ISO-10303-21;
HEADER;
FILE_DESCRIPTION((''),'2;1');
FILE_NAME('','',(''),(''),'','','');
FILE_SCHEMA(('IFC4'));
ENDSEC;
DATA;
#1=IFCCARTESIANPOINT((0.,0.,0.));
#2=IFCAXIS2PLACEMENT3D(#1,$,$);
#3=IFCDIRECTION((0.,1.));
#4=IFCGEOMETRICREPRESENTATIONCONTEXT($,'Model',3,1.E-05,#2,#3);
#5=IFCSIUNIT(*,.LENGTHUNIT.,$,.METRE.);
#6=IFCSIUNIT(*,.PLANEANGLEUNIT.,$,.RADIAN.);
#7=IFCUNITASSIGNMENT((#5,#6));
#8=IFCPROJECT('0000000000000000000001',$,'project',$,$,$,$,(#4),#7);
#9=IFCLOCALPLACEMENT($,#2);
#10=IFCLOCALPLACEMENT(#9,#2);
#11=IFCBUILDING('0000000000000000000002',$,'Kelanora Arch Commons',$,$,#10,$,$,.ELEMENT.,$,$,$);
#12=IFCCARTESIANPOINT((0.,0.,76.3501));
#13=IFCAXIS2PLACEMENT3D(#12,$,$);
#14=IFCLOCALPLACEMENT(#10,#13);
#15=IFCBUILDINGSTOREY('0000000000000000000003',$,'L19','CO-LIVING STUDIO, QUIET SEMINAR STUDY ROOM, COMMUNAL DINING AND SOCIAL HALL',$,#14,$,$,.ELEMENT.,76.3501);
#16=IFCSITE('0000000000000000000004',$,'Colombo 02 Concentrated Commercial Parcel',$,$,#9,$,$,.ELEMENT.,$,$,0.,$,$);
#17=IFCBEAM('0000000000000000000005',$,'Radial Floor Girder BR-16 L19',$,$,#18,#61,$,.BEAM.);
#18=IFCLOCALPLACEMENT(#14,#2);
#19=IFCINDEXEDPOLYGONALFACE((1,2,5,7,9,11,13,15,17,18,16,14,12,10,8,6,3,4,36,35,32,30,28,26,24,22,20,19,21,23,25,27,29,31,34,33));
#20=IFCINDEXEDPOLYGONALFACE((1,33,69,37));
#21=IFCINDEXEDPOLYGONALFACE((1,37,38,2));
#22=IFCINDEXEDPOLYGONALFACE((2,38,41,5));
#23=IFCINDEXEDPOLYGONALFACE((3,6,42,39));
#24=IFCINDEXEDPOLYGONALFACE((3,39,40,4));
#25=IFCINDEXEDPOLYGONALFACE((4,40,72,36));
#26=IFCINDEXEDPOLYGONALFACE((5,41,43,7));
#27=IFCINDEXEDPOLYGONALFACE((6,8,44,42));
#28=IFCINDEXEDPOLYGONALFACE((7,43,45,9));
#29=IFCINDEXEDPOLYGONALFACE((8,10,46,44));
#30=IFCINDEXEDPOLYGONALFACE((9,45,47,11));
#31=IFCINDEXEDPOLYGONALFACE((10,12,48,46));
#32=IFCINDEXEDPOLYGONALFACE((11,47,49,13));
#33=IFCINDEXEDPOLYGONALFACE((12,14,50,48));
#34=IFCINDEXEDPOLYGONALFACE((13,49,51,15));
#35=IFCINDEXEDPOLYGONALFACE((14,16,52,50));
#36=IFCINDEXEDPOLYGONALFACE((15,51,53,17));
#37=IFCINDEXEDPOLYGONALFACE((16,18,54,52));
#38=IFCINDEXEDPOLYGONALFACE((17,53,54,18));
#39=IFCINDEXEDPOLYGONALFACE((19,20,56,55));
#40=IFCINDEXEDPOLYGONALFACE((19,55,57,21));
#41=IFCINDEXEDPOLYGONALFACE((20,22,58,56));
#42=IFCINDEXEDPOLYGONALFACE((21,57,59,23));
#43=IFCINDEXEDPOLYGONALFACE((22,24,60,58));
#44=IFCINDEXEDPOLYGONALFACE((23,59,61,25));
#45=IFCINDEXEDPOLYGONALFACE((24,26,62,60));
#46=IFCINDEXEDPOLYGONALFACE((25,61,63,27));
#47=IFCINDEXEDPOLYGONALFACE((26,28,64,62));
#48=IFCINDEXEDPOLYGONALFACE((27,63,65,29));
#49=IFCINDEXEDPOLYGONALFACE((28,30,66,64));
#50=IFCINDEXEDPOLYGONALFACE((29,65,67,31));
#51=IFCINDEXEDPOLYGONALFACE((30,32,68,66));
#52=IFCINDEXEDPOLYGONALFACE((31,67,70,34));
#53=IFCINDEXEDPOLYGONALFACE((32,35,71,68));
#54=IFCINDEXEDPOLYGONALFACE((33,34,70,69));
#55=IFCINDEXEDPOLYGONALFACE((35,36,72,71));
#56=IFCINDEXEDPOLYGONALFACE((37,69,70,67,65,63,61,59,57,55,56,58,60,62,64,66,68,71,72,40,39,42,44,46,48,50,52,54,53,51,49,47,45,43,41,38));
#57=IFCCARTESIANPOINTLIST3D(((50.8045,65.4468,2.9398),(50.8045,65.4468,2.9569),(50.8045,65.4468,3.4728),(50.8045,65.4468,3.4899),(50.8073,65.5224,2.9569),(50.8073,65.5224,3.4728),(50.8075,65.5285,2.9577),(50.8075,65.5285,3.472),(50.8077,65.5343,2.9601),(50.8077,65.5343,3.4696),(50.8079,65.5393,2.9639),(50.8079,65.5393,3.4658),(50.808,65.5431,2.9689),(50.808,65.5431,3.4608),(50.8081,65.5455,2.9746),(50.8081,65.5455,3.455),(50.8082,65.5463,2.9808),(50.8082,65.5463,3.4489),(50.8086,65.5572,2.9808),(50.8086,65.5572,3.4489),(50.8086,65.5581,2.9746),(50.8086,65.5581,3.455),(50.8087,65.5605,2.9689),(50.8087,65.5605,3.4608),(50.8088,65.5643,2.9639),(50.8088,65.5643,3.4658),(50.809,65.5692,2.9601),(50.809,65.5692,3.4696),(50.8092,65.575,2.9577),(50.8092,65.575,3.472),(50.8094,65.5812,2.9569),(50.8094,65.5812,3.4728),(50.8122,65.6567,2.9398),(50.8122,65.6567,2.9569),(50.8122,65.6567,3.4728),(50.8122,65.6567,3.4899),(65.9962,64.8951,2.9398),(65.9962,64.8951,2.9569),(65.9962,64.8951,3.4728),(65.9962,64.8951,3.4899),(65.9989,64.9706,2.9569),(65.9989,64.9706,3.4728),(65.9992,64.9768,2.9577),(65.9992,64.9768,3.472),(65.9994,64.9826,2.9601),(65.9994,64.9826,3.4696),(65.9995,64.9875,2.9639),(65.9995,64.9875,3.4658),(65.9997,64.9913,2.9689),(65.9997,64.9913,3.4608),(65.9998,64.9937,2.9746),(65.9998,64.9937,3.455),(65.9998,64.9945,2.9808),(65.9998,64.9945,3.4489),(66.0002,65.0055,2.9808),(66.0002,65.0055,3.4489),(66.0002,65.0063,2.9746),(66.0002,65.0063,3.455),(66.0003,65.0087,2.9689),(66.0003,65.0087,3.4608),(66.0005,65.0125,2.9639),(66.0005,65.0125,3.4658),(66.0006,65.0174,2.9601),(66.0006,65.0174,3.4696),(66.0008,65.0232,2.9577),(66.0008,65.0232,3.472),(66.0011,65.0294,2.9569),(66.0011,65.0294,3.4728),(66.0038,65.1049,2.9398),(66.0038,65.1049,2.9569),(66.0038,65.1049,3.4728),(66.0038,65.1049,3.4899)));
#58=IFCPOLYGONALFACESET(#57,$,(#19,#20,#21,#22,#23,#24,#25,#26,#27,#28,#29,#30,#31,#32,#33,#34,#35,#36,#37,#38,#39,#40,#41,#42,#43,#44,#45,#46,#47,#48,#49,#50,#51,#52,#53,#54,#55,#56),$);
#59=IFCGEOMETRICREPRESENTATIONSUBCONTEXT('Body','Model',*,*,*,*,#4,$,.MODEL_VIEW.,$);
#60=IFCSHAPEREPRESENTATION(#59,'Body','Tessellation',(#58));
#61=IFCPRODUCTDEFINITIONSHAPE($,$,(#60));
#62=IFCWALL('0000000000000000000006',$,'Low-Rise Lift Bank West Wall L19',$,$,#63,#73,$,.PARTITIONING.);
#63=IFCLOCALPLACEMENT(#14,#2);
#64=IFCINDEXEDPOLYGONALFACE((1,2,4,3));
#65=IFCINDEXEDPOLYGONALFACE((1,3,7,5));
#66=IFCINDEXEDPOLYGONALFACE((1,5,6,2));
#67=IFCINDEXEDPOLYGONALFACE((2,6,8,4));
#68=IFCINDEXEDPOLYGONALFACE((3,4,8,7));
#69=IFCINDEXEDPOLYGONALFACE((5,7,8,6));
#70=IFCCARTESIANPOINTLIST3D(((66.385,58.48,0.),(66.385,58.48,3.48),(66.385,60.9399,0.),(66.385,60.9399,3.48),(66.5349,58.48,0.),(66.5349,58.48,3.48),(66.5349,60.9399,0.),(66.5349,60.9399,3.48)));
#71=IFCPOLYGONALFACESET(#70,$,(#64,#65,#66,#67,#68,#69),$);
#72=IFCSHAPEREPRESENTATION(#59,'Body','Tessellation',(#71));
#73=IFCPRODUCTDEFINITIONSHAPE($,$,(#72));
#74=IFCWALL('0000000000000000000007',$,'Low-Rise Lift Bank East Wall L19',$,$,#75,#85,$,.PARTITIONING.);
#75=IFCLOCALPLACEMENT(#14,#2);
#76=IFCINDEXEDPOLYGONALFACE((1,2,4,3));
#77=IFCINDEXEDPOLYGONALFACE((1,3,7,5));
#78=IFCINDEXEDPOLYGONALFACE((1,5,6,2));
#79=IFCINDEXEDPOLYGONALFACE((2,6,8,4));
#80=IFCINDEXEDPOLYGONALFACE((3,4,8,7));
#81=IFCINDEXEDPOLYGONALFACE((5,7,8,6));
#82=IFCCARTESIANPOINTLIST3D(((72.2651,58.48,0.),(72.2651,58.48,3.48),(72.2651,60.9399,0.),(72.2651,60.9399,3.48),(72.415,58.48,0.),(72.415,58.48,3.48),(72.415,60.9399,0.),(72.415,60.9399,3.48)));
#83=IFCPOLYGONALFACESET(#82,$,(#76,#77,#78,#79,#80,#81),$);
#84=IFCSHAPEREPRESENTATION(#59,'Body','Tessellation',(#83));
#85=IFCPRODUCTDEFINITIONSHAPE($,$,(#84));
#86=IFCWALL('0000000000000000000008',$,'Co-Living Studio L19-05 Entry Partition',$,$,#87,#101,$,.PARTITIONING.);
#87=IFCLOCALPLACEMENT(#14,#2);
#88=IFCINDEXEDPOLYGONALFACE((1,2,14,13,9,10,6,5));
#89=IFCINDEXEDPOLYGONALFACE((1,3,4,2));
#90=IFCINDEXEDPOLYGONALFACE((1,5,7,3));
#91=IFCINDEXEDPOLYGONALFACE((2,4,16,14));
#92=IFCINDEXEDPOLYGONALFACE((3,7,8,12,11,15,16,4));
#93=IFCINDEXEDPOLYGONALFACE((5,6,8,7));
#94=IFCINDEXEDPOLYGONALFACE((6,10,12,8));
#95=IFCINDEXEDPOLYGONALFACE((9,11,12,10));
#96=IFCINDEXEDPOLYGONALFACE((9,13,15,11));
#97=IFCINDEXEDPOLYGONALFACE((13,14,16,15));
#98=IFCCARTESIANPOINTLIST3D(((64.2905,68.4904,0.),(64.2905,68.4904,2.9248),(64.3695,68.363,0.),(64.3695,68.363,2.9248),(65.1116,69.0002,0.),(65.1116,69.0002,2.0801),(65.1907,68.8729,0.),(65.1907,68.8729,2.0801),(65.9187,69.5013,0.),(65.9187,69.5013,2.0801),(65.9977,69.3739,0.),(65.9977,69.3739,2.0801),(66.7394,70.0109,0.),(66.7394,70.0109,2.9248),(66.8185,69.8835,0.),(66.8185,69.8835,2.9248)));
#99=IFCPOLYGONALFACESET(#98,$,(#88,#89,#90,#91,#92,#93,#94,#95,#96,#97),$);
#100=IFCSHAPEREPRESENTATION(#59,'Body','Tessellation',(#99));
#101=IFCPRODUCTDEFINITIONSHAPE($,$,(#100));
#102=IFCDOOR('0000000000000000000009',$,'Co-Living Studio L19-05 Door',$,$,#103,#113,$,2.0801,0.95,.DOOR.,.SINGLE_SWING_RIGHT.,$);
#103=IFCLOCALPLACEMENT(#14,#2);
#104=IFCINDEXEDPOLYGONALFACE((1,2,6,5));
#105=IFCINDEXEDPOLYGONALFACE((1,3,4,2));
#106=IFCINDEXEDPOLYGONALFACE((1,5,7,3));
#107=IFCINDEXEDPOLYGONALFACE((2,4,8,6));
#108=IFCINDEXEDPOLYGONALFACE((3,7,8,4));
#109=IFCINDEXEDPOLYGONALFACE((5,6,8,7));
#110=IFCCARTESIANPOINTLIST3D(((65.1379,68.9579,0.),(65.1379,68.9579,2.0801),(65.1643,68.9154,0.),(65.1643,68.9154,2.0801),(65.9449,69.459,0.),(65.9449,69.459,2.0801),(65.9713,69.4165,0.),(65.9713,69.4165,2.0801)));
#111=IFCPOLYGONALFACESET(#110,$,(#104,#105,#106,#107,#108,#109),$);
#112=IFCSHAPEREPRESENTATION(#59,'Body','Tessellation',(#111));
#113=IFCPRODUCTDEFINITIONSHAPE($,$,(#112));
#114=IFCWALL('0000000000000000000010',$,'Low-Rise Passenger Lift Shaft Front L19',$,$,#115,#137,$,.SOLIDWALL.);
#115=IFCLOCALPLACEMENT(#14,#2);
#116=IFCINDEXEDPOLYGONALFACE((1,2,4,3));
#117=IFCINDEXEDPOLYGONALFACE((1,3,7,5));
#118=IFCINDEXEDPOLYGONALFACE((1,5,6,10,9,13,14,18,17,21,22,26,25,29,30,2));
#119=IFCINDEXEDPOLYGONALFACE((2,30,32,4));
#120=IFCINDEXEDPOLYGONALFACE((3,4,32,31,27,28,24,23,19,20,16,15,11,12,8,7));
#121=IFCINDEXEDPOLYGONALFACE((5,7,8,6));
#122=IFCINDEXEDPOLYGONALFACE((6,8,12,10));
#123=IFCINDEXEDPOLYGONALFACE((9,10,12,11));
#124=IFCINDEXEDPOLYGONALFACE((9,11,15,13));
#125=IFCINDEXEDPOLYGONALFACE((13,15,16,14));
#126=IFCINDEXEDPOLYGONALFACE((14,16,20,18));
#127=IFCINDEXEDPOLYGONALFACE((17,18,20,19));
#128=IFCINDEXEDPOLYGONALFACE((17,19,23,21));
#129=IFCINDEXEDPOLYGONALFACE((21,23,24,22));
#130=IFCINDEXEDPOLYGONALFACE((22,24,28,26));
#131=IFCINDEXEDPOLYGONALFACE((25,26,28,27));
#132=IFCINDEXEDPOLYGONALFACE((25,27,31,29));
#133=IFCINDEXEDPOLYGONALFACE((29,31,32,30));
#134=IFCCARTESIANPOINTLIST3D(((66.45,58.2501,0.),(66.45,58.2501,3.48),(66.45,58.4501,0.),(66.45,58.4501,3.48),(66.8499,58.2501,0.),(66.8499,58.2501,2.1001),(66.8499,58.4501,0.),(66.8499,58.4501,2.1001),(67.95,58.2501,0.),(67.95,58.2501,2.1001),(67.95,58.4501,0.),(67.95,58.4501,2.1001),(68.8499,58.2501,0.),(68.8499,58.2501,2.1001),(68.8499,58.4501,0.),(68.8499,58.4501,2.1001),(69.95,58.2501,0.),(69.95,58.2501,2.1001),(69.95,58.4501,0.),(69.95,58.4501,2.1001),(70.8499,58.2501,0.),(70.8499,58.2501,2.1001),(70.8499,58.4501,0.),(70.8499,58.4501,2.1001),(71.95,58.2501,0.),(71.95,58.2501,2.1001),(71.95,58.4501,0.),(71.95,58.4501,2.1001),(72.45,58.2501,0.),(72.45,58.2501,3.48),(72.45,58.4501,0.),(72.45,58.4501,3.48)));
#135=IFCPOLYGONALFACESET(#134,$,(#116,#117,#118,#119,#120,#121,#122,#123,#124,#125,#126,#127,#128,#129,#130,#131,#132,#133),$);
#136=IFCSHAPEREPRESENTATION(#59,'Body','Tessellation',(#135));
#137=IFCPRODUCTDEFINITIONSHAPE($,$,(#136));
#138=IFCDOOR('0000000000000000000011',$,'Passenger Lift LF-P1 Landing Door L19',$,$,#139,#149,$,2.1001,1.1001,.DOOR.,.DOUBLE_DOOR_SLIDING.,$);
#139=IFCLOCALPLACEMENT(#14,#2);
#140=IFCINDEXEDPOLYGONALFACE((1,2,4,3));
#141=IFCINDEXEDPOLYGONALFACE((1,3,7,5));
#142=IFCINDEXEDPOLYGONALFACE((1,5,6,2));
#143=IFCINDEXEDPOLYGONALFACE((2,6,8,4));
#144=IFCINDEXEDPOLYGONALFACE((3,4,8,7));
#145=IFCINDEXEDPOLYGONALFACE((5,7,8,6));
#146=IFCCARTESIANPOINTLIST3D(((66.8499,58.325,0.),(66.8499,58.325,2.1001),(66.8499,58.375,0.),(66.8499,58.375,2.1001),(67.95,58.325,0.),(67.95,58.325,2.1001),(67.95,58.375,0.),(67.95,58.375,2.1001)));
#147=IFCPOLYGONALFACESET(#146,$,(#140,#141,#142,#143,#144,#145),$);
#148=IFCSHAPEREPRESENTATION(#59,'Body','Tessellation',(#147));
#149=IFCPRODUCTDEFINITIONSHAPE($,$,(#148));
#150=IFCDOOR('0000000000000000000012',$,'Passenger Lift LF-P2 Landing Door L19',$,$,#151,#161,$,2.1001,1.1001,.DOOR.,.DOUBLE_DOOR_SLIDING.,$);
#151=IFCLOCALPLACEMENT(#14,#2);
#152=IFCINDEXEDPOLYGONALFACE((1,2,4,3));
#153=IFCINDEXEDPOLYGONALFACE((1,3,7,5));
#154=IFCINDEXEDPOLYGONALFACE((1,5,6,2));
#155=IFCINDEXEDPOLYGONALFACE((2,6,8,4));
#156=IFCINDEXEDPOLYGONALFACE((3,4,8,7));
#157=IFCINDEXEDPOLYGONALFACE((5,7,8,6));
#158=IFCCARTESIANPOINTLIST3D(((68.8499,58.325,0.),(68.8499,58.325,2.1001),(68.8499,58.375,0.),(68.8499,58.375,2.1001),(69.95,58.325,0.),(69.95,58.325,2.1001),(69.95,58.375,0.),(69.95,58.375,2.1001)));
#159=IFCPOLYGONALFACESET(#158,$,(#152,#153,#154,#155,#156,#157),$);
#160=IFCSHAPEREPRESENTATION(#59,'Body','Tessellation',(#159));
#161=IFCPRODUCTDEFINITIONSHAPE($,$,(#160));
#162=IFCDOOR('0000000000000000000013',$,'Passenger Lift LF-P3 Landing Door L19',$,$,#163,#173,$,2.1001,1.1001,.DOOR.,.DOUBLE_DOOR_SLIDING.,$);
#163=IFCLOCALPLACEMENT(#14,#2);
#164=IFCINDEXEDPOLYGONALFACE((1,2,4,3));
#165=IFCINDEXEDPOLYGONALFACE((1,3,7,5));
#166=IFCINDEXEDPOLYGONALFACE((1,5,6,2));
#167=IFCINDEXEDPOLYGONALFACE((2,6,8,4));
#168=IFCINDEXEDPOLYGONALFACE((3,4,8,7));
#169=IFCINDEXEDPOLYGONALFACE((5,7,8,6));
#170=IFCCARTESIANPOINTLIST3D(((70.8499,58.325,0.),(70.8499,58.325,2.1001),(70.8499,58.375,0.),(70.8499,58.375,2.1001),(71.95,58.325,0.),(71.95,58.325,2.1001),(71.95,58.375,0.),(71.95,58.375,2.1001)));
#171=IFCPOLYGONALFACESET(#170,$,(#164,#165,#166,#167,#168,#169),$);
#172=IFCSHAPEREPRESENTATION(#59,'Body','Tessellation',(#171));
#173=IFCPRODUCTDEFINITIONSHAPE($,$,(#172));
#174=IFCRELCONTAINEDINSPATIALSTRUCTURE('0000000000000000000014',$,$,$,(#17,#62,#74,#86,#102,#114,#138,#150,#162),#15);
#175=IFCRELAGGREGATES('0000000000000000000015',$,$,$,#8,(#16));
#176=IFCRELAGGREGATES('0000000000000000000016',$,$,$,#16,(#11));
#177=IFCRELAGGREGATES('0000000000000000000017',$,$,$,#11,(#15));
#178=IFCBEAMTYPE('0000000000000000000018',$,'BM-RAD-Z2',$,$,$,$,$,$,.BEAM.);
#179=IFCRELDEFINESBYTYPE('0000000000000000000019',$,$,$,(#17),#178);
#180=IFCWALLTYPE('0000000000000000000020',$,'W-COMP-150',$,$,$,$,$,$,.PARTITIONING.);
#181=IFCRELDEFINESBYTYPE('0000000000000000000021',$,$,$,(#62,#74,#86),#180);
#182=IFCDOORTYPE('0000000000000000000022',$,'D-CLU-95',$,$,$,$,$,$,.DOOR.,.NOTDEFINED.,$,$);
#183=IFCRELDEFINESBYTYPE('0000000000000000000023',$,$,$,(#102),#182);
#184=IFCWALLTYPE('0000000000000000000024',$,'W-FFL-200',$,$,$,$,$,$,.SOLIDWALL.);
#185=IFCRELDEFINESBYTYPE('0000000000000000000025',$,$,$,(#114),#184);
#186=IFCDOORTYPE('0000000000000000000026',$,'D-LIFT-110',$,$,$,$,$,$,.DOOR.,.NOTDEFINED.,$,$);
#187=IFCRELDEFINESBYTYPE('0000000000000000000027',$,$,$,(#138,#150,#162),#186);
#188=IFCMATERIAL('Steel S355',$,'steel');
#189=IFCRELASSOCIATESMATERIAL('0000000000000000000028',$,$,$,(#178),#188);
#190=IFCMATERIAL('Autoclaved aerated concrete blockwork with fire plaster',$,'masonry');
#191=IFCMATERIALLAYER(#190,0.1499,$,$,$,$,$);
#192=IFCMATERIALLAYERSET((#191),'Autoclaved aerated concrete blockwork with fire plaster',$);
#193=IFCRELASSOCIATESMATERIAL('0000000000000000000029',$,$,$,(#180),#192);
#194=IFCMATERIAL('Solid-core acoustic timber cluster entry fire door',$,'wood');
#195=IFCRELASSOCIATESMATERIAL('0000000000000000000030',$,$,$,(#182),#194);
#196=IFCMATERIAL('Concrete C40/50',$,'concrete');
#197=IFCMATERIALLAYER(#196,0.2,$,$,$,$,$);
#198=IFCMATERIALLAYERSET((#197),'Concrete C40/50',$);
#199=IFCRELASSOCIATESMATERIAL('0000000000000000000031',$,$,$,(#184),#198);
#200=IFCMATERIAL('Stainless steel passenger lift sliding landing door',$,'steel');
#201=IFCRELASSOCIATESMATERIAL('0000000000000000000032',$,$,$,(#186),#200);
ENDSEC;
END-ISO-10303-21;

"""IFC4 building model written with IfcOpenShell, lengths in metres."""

from ifc_helpers import new_model, si_unit, direction, frame, frame_2d, origin, origin_2d, place, context, subcontext, project, spatial, rectangle, i_section, extrude, material, layer, layer_set, material_profile, profile_set, type_object, element, fill, save


model = new_model("IFC4")

# Units and contexts
model_context = context("Model", 3, precision=1e-05, world=origin(), true_north=direction((0.0, 1.0)))
body_context = subcontext(model_context, "Body", "Model", "MODEL_VIEW")
ifc_project = project(units=[si_unit("LENGTHUNIT", "METRE"), si_unit("PLANEANGLEUNIT", "RADIAN")], contexts=[model_context])

# Site, building, storey
site_placement = place(None, origin())
site = spatial("IfcSite", under=ifc_project, at=site_placement, Name="Colombo 02 Concentrated Commercial Parcel", CompositionType="ELEMENT", RefElevation=0.0)
building_placement = place(site_placement, origin())
building = spatial("IfcBuilding", under=site, at=building_placement, Name="Kelanora Arch Commons", CompositionType="ELEMENT")
storey_placement = place(building_placement, frame((0.0, 0.0, 76.3501)))
storey = spatial("IfcBuildingStorey", under=building, at=storey_placement, Name="L19", Description="CO-LIVING STUDIO, QUIET SEMINAR STUDY ROOM, COMMUNAL DINING AND SOCIAL HALL", CompositionType="ELEMENT", Elevation=76.3501)

# Beam
ifc_material_1 = material(Name="Steel S355", Category="steel")
ifc_material_profile_1 = material_profile(ifc_material_1, i_section(OverallWidth=0.21, OverallDepth=0.55, WebThickness=0.011, FlangeThickness=0.0171, FilletRadius=0.0239, at=origin_2d()), Name="IPE550")
ifc_profile_set_1 = profile_set([ifc_material_profile_1], Name="Steel S355")
beam_type_1 = type_object("IfcBeamType", Name="BM-RAD-Z2", PredefinedType="BEAM", material=ifc_profile_set_1)
beam_1_placement = place(storey_placement, frame((66.0, 65.0, 3.2148), z_axis=(-0.999341, 0.036296, 0.0), x_axis=(-0.036296, -0.999341, 0.0)))
element("IfcBeam", 1, at=beam_1_placement, inside=storey, type_object=beam_type_1, Name="Radial Floor Girder BR-16 L19", PredefinedType="BEAM", context=body_context, shape_type="SweptSolid", body=[
    extrude(i_section(OverallWidth=0.21, OverallDepth=0.55, WebThickness=0.011, FlangeThickness=0.0171, FilletRadius=0.0239, at=origin_2d()), origin(), (0.0, 0.0, 1.0), 15.2017),
])

# Walls
ifc_material_2 = material(Name="Autoclaved aerated concrete blockwork with fire plaster", Category="masonry")
ifc_layer_1 = layer(ifc_material_2, 0.1499)
ifc_layer_set_1 = layer_set([ifc_layer_1], Name="Autoclaved aerated concrete blockwork with fire plaster")
wall_type_1 = type_object("IfcWallType", Name="W-COMP-150", PredefinedType="PARTITIONING", material=ifc_layer_set_1)
for number, where, z_axis, x_axis, name in (
    (2, (66.46, 58.48, 0.0), (0.0, 0.0, 1.0), (0.0, 1.0, 0.0), "Low-Rise Lift Bank West Wall L19"),
    (3, (72.3401, 58.48, 0.0), (0.0, 0.0, 1.0), (0.0, 1.0, 0.0), "Low-Rise Lift Bank East Wall L19"),
):
    element("IfcWall", number, at=place(storey_placement, frame(where, z_axis=z_axis, x_axis=x_axis)), inside=storey, type_object=wall_type_1, Name=name, PredefinedType="PARTITIONING", context=body_context, shape_type="SweptSolid", body=[
        extrude(rectangle(XDim=2.46, YDim=0.1499, at=frame_2d((1.23, 0.0))), origin(), (0.0, 0.0, 1.0), 3.48),
    ])

# Wall, opening, door
wall_1_placement = place(storey_placement, frame((66.7791, 69.9473, 0.0), z_axis=(0.0, 0.0, 1.0), x_axis=(-0.849569, -0.527477, 0.0)))
wall_1 = element("IfcWall", 4, at=wall_1_placement, inside=storey, type_object=wall_type_1, Name="Co-Living Studio L19-05 Entry Partition", PredefinedType="PARTITIONING", context=body_context, shape_type="SweptSolid", body=[
    extrude(rectangle(XDim=2.8826, YDim=0.1499, at=frame_2d((1.4414, 0.0))), origin(), (0.0, 0.0, 1.0), 2.9248),
])
opening_1_placement = place(wall_1_placement, frame((0.9661, 0.0, 0.0)))
opening_1 = element("IfcOpeningElement", 5, at=opening_1_placement, cuts=wall_1, PredefinedType="OPENING", context=body_context, shape_type="SweptSolid", body=[
    extrude(rectangle(XDim=0.95, YDim=2.0801, at=frame_2d((0.4751, 1.04))), frame((0.0, 0.085, 0.0), z_axis=(0.0, -1.0, 0.0), x_axis=(1.0, 0.0, 0.0)), (0.0, 0.0, 1.0), 0.1699),
])
ifc_material_3 = material(Name="Solid-core acoustic timber cluster entry fire door", Category="wood")
door_type_1 = type_object("IfcDoorType", Name="D-CLU-95", OperationType="NOTDEFINED", PredefinedType="DOOR", material=ifc_material_3)
door_1_placement = place(opening_1_placement, origin())
door_1 = element("IfcDoor", 6, at=door_1_placement, inside=storey, type_object=door_type_1, Name="Co-Living Studio L19-05 Door", OperationType="SINGLE_SWING_RIGHT", OverallHeight=2.0801, OverallWidth=0.95, PredefinedType="DOOR", context=body_context, shape_type="SweptSolid", body=[
    extrude(rectangle(XDim=0.95, YDim=2.0801, at=frame_2d((0.4751, 1.04))), frame((0.0, 0.0249, 0.0), z_axis=(0.0, -1.0, 0.0), x_axis=(1.0, 0.0, 0.0)), (0.0, 0.0, 1.0), 0.05),
])
fill(opening_1, door_1)

# Wall, openings, doors
ifc_material_4 = material(Name="Concrete C40/50", Category="concrete")
ifc_layer_2 = layer(ifc_material_4, 0.2)
ifc_layer_set_2 = layer_set([ifc_layer_2], Name="Concrete C40/50")
wall_type_2 = type_object("IfcWallType", Name="W-FFL-200", PredefinedType="SOLIDWALL", material=ifc_layer_set_2)
wall_2_placement = place(storey_placement, frame((66.45, 58.3501, 0.0), z_axis=(0.0, 0.0, 1.0), x_axis=(1.0, 0.0, 0.0)))
wall_2 = element("IfcWall", 7, at=wall_2_placement, inside=storey, type_object=wall_type_2, Name="Low-Rise Passenger Lift Shaft Front L19", PredefinedType="SOLIDWALL", context=body_context, shape_type="SweptSolid", body=[
    extrude(rectangle(XDim=6.0, YDim=0.2, at=frame_2d((3.0, 0.0))), origin(), (0.0, 0.0, 1.0), 3.48),
])
opening_2_placement = place(wall_2_placement, frame((0.3999, 0.0, 0.0)))
opening_2 = element("IfcOpeningElement", 8, at=opening_2_placement, cuts=wall_2, PredefinedType="OPENING", context=body_context, shape_type="SweptSolid", body=[
    extrude(rectangle(XDim=1.1001, YDim=2.1001, at=frame_2d((0.55, 1.05))), frame((0.0, 0.1099, 0.0), z_axis=(0.0, -1.0, 0.0), x_axis=(1.0, 0.0, 0.0)), (0.0, 0.0, 1.0), 0.22),
])
opening_3_placement = place(wall_2_placement, frame((2.3999, 0.0, 0.0)))
opening_3 = element("IfcOpeningElement", 9, at=opening_3_placement, cuts=wall_2, PredefinedType="OPENING", context=body_context, shape_type="SweptSolid", body=[
    extrude(rectangle(XDim=1.1001, YDim=2.1001, at=frame_2d((0.55, 1.05))), frame((0.0, 0.1099, 0.0), z_axis=(0.0, -1.0, 0.0), x_axis=(1.0, 0.0, 0.0)), (0.0, 0.0, 1.0), 0.22),
])
opening_4_placement = place(wall_2_placement, frame((4.3999, 0.0, 0.0)))
opening_4 = element("IfcOpeningElement", 10, at=opening_4_placement, cuts=wall_2, PredefinedType="OPENING", context=body_context, shape_type="SweptSolid", body=[
    extrude(rectangle(XDim=1.1001, YDim=2.1001, at=frame_2d((0.55, 1.05))), frame((0.0, 0.1099, 0.0), z_axis=(0.0, -1.0, 0.0), x_axis=(1.0, 0.0, 0.0)), (0.0, 0.0, 1.0), 0.22),
])
ifc_material_5 = material(Name="Stainless steel passenger lift sliding landing door", Category="steel")
door_type_2 = type_object("IfcDoorType", Name="D-LIFT-110", OperationType="NOTDEFINED", PredefinedType="DOOR", material=ifc_material_5)
door_2_placement = place(opening_2_placement, origin())
door_2 = element("IfcDoor", 11, at=door_2_placement, inside=storey, type_object=door_type_2, Name="Passenger Lift LF-P1 Landing Door L19", OperationType="DOUBLE_DOOR_SLIDING", OverallHeight=2.1001, OverallWidth=1.1001, PredefinedType="DOOR", context=body_context, shape_type="SweptSolid", body=[
    extrude(rectangle(XDim=1.1001, YDim=2.1001, at=frame_2d((0.55, 1.05))), frame((0.0, 0.0249, 0.0), z_axis=(0.0, -1.0, 0.0), x_axis=(1.0, 0.0, 0.0)), (0.0, 0.0, 1.0), 0.05),
])
fill(opening_2, door_2)
door_3_placement = place(opening_3_placement, origin())
door_3 = element("IfcDoor", 12, at=door_3_placement, inside=storey, type_object=door_type_2, Name="Passenger Lift LF-P2 Landing Door L19", OperationType="DOUBLE_DOOR_SLIDING", OverallHeight=2.1001, OverallWidth=1.1001, PredefinedType="DOOR", context=body_context, shape_type="SweptSolid", body=[
    extrude(rectangle(XDim=1.1001, YDim=2.1001, at=frame_2d((0.55, 1.05))), frame((0.0, 0.0249, 0.0), z_axis=(0.0, -1.0, 0.0), x_axis=(1.0, 0.0, 0.0)), (0.0, 0.0, 1.0), 0.05),
])
fill(opening_3, door_3)
door_4_placement = place(opening_4_placement, origin())
door_4 = element("IfcDoor", 13, at=door_4_placement, inside=storey, type_object=door_type_2, Name="Passenger Lift LF-P3 Landing Door L19", OperationType="DOUBLE_DOOR_SLIDING", OverallHeight=2.1001, OverallWidth=1.1001, PredefinedType="DOOR", context=body_context, shape_type="SweptSolid", body=[
    extrude(rectangle(XDim=1.1001, YDim=2.1001, at=frame_2d((0.55, 1.05))), frame((0.0, 0.0249, 0.0), z_axis=(0.0, -1.0, 0.0), x_axis=(1.0, 0.0, 0.0)), (0.0, 0.0, 1.0), 0.05),
])
fill(opening_4, door_4)

save(model, "model.ifc")
